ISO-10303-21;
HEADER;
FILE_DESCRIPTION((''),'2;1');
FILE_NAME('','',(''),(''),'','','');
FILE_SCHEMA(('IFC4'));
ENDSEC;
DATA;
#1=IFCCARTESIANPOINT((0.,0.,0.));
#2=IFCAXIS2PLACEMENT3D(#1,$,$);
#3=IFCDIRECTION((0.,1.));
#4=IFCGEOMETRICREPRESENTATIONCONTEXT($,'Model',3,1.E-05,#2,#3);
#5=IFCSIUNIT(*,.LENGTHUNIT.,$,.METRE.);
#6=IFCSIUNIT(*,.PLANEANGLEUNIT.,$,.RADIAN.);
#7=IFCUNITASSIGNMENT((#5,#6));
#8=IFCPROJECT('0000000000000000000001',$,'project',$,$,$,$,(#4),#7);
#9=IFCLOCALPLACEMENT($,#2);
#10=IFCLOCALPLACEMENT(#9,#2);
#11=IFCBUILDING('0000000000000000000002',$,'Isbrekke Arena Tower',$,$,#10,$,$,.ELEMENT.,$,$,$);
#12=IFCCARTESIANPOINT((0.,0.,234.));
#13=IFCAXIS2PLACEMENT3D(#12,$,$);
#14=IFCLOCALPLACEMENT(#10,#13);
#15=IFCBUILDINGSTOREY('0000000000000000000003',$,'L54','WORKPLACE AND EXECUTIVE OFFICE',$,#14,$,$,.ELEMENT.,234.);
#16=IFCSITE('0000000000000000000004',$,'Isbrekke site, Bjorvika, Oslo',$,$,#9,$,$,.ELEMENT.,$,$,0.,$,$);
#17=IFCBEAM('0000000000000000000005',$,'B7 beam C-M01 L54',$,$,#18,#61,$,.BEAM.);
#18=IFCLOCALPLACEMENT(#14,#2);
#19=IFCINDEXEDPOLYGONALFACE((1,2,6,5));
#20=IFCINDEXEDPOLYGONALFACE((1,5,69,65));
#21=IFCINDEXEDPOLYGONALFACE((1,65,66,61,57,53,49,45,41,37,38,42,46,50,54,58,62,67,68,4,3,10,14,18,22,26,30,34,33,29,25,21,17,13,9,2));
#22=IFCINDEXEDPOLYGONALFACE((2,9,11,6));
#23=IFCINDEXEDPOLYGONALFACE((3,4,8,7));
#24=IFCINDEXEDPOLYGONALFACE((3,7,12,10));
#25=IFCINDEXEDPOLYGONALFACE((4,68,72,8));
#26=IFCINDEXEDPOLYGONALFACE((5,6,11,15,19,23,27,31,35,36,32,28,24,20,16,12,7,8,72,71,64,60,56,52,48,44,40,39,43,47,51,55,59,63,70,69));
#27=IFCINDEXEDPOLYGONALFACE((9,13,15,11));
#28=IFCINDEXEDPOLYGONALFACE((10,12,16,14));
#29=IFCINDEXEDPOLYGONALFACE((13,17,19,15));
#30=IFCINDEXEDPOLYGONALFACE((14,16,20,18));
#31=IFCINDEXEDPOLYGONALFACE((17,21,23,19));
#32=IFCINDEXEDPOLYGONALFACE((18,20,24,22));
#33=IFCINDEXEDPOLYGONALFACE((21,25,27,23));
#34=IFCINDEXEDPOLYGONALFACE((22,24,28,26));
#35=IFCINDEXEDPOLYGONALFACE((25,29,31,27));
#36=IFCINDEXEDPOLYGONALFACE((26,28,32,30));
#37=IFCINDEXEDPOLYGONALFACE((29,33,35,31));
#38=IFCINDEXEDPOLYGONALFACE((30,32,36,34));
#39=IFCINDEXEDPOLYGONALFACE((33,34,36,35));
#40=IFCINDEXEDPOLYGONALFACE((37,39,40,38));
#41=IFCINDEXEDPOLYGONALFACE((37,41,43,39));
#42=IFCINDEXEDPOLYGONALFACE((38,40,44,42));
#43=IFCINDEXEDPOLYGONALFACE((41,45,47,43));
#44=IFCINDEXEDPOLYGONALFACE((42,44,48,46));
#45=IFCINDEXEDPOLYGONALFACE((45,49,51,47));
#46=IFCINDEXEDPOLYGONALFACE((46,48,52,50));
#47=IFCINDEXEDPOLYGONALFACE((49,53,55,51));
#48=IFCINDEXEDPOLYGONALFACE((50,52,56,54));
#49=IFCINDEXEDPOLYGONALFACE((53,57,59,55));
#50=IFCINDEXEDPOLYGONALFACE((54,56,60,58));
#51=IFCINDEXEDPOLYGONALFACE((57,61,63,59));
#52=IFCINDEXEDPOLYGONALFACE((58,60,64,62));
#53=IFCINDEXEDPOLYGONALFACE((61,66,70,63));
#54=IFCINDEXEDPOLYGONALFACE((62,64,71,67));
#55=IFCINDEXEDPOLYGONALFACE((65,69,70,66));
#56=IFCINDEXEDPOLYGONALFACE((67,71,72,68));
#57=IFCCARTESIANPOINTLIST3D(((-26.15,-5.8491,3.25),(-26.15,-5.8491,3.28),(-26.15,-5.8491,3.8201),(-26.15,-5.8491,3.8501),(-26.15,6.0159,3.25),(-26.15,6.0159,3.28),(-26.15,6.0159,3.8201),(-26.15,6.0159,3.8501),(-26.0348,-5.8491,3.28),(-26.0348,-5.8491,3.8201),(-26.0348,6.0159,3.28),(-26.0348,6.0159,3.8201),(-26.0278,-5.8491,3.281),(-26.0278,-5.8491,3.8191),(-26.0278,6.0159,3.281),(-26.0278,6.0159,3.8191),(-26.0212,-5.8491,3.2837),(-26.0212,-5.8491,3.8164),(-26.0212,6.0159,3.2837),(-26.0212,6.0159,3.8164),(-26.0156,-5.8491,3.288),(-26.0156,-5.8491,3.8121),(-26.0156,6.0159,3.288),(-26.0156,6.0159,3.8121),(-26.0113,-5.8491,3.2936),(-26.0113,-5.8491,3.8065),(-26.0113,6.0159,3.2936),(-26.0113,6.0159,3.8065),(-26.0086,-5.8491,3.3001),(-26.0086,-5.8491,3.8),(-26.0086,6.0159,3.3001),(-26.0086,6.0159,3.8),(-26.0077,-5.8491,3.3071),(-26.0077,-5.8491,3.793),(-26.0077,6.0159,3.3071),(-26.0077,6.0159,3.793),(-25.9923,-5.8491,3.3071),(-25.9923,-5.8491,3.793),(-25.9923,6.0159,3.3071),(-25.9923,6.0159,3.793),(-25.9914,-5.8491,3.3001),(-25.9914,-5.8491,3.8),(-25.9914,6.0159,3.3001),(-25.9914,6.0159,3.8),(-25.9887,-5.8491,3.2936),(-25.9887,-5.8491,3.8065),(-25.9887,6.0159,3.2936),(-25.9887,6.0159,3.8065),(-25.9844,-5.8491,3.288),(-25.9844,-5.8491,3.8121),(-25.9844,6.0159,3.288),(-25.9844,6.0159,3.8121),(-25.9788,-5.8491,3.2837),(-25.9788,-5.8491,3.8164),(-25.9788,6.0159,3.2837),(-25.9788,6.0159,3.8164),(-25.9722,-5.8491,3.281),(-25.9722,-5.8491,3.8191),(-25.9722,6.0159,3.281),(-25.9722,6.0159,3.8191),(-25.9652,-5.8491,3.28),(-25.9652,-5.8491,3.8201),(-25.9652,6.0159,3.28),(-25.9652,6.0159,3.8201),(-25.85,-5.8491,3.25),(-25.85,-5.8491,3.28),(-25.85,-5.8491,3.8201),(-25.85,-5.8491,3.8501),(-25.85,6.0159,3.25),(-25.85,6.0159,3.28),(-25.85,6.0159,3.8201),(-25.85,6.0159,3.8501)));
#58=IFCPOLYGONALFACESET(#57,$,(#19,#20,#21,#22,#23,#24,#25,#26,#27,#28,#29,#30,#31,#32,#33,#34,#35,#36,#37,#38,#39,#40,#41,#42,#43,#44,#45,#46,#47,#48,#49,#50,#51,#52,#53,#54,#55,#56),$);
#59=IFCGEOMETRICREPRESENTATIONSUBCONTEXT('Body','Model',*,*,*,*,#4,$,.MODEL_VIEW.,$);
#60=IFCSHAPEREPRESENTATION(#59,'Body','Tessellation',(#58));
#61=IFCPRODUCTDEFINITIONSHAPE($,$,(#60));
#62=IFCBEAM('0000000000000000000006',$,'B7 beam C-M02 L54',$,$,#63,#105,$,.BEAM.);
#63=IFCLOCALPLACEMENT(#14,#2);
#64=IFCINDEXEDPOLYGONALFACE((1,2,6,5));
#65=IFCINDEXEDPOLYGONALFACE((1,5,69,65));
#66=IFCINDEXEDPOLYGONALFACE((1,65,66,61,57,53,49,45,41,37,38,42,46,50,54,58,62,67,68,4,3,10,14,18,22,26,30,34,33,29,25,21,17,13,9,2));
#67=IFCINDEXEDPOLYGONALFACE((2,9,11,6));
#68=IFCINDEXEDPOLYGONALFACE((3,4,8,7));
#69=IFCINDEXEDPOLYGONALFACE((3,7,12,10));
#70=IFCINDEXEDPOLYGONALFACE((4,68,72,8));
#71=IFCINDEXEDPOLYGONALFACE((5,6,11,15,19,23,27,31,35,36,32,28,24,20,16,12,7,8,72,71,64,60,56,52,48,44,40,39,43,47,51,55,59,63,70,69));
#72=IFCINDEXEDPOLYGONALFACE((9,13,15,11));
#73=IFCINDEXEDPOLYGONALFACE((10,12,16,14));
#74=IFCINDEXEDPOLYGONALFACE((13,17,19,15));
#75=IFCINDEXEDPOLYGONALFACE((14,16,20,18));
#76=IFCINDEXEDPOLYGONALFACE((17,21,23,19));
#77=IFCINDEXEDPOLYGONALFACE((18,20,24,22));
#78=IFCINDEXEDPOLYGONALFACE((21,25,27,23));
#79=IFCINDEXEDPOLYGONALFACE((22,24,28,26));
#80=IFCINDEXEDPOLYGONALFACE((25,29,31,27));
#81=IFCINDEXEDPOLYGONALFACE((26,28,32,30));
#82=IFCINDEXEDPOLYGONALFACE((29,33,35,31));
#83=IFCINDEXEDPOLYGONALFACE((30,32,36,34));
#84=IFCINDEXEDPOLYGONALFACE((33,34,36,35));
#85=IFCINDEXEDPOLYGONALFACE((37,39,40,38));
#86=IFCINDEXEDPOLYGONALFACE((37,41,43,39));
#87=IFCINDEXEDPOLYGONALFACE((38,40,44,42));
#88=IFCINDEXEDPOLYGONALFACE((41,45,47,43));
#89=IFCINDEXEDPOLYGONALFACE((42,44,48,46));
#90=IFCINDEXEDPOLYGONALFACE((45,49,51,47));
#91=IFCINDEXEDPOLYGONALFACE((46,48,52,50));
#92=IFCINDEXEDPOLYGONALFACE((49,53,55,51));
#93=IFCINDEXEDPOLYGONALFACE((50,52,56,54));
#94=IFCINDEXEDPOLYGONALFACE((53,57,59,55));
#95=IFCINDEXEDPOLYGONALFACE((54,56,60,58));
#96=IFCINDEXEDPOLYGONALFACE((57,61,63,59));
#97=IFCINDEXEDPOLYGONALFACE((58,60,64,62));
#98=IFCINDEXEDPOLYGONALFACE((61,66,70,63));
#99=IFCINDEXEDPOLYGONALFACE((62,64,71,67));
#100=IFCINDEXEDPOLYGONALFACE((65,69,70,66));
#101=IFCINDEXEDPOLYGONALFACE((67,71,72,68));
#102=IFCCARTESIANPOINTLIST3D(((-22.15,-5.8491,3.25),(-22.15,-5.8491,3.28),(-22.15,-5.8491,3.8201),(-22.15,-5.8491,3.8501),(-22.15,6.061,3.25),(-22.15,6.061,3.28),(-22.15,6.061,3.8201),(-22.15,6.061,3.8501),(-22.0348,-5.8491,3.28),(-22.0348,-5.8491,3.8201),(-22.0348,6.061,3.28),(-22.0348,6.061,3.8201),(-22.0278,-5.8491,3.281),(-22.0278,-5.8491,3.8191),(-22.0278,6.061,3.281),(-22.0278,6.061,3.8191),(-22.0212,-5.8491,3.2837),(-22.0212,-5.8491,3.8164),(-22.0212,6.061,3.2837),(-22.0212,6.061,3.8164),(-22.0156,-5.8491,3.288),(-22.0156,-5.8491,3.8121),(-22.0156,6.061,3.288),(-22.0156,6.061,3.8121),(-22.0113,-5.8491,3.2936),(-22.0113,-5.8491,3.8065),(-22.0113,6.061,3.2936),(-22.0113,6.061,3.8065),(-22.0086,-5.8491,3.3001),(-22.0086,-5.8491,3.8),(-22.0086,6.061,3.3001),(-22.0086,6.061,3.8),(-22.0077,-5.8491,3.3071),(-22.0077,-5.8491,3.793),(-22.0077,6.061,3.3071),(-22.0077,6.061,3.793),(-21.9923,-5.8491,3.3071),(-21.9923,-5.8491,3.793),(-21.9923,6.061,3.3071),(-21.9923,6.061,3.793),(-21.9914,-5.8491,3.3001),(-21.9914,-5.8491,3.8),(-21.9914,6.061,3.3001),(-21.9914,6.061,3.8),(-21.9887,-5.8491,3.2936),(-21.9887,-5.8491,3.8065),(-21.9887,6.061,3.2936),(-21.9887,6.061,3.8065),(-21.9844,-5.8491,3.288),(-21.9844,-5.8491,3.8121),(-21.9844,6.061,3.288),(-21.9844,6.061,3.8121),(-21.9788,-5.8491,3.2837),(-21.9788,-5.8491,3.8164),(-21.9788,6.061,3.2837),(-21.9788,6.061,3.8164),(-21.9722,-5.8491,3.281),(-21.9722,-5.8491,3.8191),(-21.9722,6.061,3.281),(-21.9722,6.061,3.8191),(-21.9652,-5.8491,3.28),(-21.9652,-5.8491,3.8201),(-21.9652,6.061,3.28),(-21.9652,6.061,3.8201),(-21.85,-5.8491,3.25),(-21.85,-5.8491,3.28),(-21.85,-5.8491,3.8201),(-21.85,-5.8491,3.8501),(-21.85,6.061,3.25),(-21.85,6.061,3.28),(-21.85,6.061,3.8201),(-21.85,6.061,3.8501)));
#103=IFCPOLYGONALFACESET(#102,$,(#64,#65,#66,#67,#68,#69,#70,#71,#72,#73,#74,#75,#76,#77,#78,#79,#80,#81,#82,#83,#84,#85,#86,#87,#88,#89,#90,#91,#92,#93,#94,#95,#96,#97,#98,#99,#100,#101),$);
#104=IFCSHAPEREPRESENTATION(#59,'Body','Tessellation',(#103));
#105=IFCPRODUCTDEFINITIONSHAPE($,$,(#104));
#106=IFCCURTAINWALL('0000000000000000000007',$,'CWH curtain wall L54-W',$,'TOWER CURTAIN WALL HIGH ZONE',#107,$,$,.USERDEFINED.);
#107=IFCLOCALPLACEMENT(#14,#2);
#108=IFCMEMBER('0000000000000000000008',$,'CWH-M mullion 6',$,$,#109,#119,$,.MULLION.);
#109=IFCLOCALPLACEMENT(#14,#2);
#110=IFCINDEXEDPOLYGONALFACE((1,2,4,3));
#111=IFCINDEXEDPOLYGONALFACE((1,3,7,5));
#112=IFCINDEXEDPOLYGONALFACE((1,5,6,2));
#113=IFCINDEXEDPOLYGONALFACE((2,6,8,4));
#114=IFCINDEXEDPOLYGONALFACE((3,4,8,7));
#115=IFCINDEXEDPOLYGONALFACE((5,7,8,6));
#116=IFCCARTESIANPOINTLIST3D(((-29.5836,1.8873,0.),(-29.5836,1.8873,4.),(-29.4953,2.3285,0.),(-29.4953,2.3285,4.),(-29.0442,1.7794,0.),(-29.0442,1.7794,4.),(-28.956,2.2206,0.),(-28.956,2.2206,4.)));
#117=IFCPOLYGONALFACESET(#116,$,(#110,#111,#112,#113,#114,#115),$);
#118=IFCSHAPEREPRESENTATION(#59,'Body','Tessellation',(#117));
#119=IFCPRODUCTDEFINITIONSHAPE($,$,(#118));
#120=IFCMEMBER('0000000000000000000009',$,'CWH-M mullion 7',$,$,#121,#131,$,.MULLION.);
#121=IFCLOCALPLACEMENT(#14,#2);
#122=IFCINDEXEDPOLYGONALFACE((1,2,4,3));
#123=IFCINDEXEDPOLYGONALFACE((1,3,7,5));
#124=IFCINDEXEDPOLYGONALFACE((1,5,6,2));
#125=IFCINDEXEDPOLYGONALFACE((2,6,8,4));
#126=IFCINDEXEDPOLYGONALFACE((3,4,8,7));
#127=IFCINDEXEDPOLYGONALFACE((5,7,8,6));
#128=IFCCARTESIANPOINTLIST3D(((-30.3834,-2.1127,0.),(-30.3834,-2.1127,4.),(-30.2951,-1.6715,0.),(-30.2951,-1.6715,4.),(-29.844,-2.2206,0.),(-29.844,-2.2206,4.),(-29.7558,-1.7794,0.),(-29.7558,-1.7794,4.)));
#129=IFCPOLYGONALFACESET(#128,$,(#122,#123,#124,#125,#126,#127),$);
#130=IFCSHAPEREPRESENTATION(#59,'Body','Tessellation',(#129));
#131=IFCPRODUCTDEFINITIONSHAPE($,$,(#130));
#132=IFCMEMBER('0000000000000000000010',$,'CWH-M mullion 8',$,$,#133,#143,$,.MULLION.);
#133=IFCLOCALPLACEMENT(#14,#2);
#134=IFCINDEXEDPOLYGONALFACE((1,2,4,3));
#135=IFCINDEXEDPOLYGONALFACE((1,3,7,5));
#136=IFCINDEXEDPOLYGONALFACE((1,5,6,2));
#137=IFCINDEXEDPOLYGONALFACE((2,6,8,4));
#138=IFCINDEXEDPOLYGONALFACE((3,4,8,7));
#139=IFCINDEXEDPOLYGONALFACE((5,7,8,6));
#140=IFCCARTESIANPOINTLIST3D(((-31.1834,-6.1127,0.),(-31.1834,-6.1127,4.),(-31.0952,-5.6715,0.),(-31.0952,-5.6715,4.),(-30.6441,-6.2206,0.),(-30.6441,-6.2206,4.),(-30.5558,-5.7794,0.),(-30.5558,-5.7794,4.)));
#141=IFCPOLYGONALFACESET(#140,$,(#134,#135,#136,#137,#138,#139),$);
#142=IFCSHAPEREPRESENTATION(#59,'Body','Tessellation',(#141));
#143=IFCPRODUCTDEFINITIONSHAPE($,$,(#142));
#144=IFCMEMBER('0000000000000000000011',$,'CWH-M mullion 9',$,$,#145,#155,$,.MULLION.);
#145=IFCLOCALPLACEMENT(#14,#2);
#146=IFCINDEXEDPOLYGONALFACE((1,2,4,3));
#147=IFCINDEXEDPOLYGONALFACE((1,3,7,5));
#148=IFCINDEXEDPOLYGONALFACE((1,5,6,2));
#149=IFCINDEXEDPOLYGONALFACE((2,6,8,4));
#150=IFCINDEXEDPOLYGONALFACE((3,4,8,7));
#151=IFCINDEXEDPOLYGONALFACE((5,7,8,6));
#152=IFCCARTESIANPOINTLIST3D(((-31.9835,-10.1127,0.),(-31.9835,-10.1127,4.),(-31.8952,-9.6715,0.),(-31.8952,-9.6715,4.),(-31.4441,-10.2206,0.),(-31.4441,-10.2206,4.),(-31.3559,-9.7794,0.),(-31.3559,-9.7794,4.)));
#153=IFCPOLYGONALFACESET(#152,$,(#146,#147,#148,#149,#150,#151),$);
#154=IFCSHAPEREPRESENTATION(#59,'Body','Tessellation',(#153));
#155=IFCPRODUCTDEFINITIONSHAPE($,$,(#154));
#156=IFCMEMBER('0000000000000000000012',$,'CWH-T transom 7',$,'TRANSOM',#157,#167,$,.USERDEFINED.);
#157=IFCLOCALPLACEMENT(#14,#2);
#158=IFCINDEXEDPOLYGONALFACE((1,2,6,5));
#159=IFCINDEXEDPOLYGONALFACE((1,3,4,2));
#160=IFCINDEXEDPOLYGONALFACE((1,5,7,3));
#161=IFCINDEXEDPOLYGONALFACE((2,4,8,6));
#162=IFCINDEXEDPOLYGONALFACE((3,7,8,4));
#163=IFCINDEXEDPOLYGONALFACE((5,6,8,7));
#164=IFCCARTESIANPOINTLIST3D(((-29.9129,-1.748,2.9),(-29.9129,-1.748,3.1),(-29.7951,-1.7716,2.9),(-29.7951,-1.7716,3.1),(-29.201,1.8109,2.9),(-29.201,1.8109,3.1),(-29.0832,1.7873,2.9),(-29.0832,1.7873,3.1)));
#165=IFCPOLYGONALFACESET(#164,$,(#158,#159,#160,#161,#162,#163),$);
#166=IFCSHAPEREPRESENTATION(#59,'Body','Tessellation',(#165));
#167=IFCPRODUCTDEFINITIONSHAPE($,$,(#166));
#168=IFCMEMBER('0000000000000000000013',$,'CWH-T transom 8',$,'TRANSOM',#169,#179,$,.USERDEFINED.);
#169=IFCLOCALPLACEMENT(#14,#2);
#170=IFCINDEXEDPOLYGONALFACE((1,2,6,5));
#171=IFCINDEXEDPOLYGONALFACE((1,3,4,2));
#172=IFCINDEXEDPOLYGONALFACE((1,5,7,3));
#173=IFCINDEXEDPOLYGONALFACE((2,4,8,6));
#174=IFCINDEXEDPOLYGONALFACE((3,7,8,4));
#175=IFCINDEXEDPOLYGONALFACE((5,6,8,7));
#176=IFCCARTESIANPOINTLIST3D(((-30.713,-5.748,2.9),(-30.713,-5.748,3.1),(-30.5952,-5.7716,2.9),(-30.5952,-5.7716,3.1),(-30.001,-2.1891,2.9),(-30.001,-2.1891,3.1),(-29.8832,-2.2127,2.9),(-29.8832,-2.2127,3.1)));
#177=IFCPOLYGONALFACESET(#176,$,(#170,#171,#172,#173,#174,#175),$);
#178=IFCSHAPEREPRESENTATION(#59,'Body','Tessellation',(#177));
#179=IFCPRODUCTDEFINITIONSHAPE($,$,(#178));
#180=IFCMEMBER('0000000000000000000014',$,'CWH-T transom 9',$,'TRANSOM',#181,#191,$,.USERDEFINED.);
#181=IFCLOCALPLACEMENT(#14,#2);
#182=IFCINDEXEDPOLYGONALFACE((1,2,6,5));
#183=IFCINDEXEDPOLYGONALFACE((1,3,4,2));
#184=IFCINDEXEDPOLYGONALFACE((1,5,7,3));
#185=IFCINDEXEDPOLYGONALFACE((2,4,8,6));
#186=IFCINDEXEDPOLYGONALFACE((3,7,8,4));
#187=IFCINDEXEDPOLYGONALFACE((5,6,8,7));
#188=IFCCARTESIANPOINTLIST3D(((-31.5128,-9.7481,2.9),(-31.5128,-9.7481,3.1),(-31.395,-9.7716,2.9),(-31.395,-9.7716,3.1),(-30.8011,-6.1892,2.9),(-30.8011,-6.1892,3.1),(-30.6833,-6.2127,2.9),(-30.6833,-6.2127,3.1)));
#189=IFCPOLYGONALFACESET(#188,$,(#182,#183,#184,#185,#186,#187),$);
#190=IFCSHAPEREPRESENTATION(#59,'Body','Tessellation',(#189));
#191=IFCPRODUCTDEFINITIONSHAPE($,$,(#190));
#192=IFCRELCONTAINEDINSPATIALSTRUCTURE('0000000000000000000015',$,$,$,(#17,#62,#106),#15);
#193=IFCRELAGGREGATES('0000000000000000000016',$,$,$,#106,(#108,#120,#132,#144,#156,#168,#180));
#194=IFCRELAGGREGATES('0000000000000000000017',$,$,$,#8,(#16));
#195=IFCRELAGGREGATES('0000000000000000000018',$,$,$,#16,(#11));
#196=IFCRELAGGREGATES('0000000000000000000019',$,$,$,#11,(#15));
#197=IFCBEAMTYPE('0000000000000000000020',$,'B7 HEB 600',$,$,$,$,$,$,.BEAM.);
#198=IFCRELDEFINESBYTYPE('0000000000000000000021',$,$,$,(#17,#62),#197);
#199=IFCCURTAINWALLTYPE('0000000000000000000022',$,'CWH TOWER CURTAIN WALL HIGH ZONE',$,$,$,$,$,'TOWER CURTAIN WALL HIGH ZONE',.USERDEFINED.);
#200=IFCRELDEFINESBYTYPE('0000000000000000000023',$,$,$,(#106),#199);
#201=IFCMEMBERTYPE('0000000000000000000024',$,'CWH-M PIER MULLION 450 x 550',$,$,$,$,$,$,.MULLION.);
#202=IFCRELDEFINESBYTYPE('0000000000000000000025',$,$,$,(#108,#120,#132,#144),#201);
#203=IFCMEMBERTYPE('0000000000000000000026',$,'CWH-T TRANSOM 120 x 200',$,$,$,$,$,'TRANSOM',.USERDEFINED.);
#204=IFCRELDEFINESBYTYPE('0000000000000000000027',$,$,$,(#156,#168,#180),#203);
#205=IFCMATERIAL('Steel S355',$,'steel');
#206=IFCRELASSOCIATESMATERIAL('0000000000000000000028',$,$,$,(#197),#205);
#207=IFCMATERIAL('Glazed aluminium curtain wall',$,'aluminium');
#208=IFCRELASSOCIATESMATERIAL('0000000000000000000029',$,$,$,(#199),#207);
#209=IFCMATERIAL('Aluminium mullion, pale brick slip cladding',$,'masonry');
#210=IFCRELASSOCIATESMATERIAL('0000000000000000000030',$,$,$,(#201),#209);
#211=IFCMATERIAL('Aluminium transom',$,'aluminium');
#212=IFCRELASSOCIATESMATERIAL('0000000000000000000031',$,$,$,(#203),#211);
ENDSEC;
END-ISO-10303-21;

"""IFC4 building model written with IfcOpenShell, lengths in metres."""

from ifc_helpers import new_model, si_unit, direction, frame, origin, origin_2d, place, context, subcontext, project, spatial, rectangle, i_section, extrude, material, material_profile, profile_set, type_object, element, aggregate, save


model = new_model("IFC4")

# Units and contexts
model_context = context("Model", 3, precision=1e-05, world=origin(), true_north=direction((0.0, 1.0)))
body_context = subcontext(model_context, "Body", "Model", "MODEL_VIEW")
ifc_project = project(units=[si_unit("LENGTHUNIT", "METRE"), si_unit("PLANEANGLEUNIT", "RADIAN")], contexts=[model_context])

# Site, building, storey
site_placement = place(None, origin())
site = spatial("IfcSite", under=ifc_project, at=site_placement, Name="Isbrekke site, Bjorvika, Oslo", CompositionType="ELEMENT", RefElevation=0.0)
building_placement = place(site_placement, origin())
building = spatial("IfcBuilding", under=site, at=building_placement, Name="Isbrekke Arena Tower", CompositionType="ELEMENT")
storey_placement = place(building_placement, frame((0.0, 0.0, 234.0)))
storey = spatial("IfcBuildingStorey", under=building, at=storey_placement, Name="L54", Description="WORKPLACE AND EXECUTIVE OFFICE", CompositionType="ELEMENT", Elevation=234.0)

# Beams
ifc_material_1 = material(Name="Steel S355", Category="steel")
ifc_material_profile_1 = material_profile(ifc_material_1, i_section(OverallWidth=0.3, OverallDepth=0.6001, WebThickness=0.0154, FlangeThickness=0.03, FilletRadius=0.0271, at=origin_2d()), Name="HEB 600")
ifc_profile_set_1 = profile_set([ifc_material_profile_1], Name="Steel S355")
beam_type_1 = type_object("IfcBeamType", Name="B7 HEB 600", PredefinedType="BEAM", material=ifc_profile_set_1)
beam_1_placement = place(storey_placement, frame((-26.0, -5.8491, 3.55), z_axis=(0.0, 1.0, 0.0), x_axis=(-1.0, 0.0, 0.0)))
element("IfcBeam", 1, at=beam_1_placement, inside=storey, type_object=beam_type_1, Name="B7 beam C-M01 L54", PredefinedType="BEAM", context=body_context, shape_type="SweptSolid", body=[
    extrude(i_section(OverallWidth=0.3, OverallDepth=0.6001, WebThickness=0.0154, FlangeThickness=0.03, FilletRadius=0.0271, at=origin_2d()), origin(), (0.0, 0.0, 1.0), 11.865),
])
beam_2_placement = place(storey_placement, frame((-22.0, -5.8491, 3.55), z_axis=(0.0, 1.0, 0.0), x_axis=(-1.0, 0.0, 0.0)))
element("IfcBeam", 2, at=beam_2_placement, inside=storey, type_object=beam_type_1, Name="B7 beam C-M02 L54", PredefinedType="BEAM", context=body_context, shape_type="SweptSolid", body=[
    extrude(i_section(OverallWidth=0.3, OverallDepth=0.6001, WebThickness=0.0154, FlangeThickness=0.03, FilletRadius=0.0271, at=origin_2d()), origin(), (0.0, 0.0, 1.0), 11.9102),
])

# Curtain wall, members
ifc_material_2 = material(Name="Glazed aluminium curtain wall", Category="aluminium")
curtain_wall_type = type_object("IfcCurtainWallType", Name="CWH TOWER CURTAIN WALL HIGH ZONE", ElementType="TOWER CURTAIN WALL HIGH ZONE", PredefinedType="USERDEFINED", material=ifc_material_2)
curtain_wall_placement = place(storey_placement, origin())
curtain_wall = element("IfcCurtainWall", 3, at=curtain_wall_placement, inside=storey, type_object=curtain_wall_type, Name="CWH curtain wall L54-W", ObjectType="TOWER CURTAIN WALL HIGH ZONE", PredefinedType="USERDEFINED")
ifc_material_3 = material(Name="Aluminium mullion, pale brick slip cladding", Category="masonry")
ifc_material_profile_2 = material_profile(ifc_material_3, rectangle(XDim=0.45, YDim=0.55, at=origin_2d()), Name="PIER 450X550")
ifc_profile_set_2 = profile_set([ifc_material_profile_2], Name="Aluminium mullion, pale brick slip cladding")
member_type_1 = type_object("IfcMemberType", Name="CWH-M PIER MULLION 450 x 550", PredefinedType="MULLION", material=ifc_profile_set_2)
member_1_placement = place(storey_placement, frame((-29.2698, 2.054, 0.0), z_axis=(0.0, 0.0, 1.0), x_axis=(-0.196116, -0.980581, 0.0)))
member_1 = element("IfcMember", 4, at=member_1_placement, type_object=member_type_1, Name="CWH-M mullion 6", PredefinedType="MULLION", context=body_context, shape_type="SweptSolid", body=[
    extrude(rectangle(XDim=0.45, YDim=0.55, at=origin_2d()), origin(), (0.0, 0.0, 1.0), 4.0),
])
member_2_placement = place(storey_placement, frame((-30.0696, -1.946, 0.0), z_axis=(0.0, 0.0, 1.0), x_axis=(-0.196116, -0.980581, 0.0)))
member_2 = element("IfcMember", 5, at=member_2_placement, type_object=member_type_1, Name="CWH-M mullion 7", PredefinedType="MULLION", context=body_context, shape_type="SweptSolid", body=[
    extrude(rectangle(XDim=0.45, YDim=0.55, at=origin_2d()), origin(), (0.0, 0.0, 1.0), 4.0),
])
member_3_placement = place(storey_placement, frame((-30.8696, -5.946, 0.0), z_axis=(0.0, 0.0, 1.0), x_axis=(-0.196116, -0.980581, 0.0)))
member_3 = element("IfcMember", 6, at=member_3_placement, type_object=member_type_1, Name="CWH-M mullion 8", PredefinedType="MULLION", context=body_context, shape_type="SweptSolid", body=[
    extrude(rectangle(XDim=0.45, YDim=0.55, at=origin_2d()), origin(), (0.0, 0.0, 1.0), 4.0),
])
member_4_placement = place(storey_placement, frame((-31.6697, -9.946, 0.0), z_axis=(0.0, 0.0, 1.0), x_axis=(-0.196116, -0.980581, 0.0)))
member_4 = element("IfcMember", 7, at=member_4_placement, type_object=member_type_1, Name="CWH-M mullion 9", PredefinedType="MULLION", context=body_context, shape_type="SweptSolid", body=[
    extrude(rectangle(XDim=0.45, YDim=0.55, at=origin_2d()), origin(), (0.0, 0.0, 1.0), 4.0),
])
ifc_material_4 = material(Name="Aluminium transom", Category="aluminium")
ifc_material_profile_3 = material_profile(ifc_material_4, rectangle(XDim=0.1201, YDim=0.2, at=origin_2d()), Name="TRANSOM 120X200")
ifc_profile_set_3 = profile_set([ifc_material_profile_3], Name="Aluminium transom")
member_type_2 = type_object("IfcMemberType", Name="CWH-T TRANSOM 120 x 200", ElementType="TRANSOM", PredefinedType="USERDEFINED", material=ifc_profile_set_3)
member_5_placement = place(storey_placement, frame((-29.1421, 1.7991, 3.0), z_axis=(-0.196155, -0.980573, 0.0), x_axis=(0.980573, -0.196155, 0.0)))
member_5 = element("IfcMember", 8, at=member_5_placement, type_object=member_type_2, Name="CWH-T transom 7", ObjectType="TRANSOM", PredefinedType="USERDEFINED", context=body_context, shape_type="SweptSolid", body=[
    extrude(rectangle(XDim=0.1201, YDim=0.2, at=origin_2d()), origin(), (0.0, 0.0, 1.0), 3.6294),
])
member_6_placement = place(storey_placement, frame((-29.9421, -2.2009, 3.0), z_axis=(-0.196155, -0.980573, 0.0), x_axis=(0.980573, -0.196155, 0.0)))
member_6 = element("IfcMember", 9, at=member_6_placement, type_object=member_type_2, Name="CWH-T transom 8", ObjectType="TRANSOM", PredefinedType="USERDEFINED", context=body_context, shape_type="SweptSolid", body=[
    extrude(rectangle(XDim=0.1201, YDim=0.2, at=origin_2d()), origin(), (0.0, 0.0, 1.0), 3.6294),
])
member_7_placement = place(storey_placement, frame((-30.7422, -6.2009, 3.0), z_axis=(-0.19609, -0.980586, 0.0), x_axis=(0.980586, -0.19609, 0.0)))
member_7 = element("IfcMember", 10, at=member_7_placement, type_object=member_type_2, Name="CWH-T transom 9", ObjectType="TRANSOM", PredefinedType="USERDEFINED", context=body_context, shape_type="SweptSolid", body=[
    extrude(rectangle(XDim=0.1201, YDim=0.2, at=origin_2d()), origin(), (0.0, 0.0, 1.0), 3.6294),
])

aggregate(curtain_wall, [member_1, member_2, member_3, member_4, member_5, member_6, member_7])

save(model, "model.ifc")
